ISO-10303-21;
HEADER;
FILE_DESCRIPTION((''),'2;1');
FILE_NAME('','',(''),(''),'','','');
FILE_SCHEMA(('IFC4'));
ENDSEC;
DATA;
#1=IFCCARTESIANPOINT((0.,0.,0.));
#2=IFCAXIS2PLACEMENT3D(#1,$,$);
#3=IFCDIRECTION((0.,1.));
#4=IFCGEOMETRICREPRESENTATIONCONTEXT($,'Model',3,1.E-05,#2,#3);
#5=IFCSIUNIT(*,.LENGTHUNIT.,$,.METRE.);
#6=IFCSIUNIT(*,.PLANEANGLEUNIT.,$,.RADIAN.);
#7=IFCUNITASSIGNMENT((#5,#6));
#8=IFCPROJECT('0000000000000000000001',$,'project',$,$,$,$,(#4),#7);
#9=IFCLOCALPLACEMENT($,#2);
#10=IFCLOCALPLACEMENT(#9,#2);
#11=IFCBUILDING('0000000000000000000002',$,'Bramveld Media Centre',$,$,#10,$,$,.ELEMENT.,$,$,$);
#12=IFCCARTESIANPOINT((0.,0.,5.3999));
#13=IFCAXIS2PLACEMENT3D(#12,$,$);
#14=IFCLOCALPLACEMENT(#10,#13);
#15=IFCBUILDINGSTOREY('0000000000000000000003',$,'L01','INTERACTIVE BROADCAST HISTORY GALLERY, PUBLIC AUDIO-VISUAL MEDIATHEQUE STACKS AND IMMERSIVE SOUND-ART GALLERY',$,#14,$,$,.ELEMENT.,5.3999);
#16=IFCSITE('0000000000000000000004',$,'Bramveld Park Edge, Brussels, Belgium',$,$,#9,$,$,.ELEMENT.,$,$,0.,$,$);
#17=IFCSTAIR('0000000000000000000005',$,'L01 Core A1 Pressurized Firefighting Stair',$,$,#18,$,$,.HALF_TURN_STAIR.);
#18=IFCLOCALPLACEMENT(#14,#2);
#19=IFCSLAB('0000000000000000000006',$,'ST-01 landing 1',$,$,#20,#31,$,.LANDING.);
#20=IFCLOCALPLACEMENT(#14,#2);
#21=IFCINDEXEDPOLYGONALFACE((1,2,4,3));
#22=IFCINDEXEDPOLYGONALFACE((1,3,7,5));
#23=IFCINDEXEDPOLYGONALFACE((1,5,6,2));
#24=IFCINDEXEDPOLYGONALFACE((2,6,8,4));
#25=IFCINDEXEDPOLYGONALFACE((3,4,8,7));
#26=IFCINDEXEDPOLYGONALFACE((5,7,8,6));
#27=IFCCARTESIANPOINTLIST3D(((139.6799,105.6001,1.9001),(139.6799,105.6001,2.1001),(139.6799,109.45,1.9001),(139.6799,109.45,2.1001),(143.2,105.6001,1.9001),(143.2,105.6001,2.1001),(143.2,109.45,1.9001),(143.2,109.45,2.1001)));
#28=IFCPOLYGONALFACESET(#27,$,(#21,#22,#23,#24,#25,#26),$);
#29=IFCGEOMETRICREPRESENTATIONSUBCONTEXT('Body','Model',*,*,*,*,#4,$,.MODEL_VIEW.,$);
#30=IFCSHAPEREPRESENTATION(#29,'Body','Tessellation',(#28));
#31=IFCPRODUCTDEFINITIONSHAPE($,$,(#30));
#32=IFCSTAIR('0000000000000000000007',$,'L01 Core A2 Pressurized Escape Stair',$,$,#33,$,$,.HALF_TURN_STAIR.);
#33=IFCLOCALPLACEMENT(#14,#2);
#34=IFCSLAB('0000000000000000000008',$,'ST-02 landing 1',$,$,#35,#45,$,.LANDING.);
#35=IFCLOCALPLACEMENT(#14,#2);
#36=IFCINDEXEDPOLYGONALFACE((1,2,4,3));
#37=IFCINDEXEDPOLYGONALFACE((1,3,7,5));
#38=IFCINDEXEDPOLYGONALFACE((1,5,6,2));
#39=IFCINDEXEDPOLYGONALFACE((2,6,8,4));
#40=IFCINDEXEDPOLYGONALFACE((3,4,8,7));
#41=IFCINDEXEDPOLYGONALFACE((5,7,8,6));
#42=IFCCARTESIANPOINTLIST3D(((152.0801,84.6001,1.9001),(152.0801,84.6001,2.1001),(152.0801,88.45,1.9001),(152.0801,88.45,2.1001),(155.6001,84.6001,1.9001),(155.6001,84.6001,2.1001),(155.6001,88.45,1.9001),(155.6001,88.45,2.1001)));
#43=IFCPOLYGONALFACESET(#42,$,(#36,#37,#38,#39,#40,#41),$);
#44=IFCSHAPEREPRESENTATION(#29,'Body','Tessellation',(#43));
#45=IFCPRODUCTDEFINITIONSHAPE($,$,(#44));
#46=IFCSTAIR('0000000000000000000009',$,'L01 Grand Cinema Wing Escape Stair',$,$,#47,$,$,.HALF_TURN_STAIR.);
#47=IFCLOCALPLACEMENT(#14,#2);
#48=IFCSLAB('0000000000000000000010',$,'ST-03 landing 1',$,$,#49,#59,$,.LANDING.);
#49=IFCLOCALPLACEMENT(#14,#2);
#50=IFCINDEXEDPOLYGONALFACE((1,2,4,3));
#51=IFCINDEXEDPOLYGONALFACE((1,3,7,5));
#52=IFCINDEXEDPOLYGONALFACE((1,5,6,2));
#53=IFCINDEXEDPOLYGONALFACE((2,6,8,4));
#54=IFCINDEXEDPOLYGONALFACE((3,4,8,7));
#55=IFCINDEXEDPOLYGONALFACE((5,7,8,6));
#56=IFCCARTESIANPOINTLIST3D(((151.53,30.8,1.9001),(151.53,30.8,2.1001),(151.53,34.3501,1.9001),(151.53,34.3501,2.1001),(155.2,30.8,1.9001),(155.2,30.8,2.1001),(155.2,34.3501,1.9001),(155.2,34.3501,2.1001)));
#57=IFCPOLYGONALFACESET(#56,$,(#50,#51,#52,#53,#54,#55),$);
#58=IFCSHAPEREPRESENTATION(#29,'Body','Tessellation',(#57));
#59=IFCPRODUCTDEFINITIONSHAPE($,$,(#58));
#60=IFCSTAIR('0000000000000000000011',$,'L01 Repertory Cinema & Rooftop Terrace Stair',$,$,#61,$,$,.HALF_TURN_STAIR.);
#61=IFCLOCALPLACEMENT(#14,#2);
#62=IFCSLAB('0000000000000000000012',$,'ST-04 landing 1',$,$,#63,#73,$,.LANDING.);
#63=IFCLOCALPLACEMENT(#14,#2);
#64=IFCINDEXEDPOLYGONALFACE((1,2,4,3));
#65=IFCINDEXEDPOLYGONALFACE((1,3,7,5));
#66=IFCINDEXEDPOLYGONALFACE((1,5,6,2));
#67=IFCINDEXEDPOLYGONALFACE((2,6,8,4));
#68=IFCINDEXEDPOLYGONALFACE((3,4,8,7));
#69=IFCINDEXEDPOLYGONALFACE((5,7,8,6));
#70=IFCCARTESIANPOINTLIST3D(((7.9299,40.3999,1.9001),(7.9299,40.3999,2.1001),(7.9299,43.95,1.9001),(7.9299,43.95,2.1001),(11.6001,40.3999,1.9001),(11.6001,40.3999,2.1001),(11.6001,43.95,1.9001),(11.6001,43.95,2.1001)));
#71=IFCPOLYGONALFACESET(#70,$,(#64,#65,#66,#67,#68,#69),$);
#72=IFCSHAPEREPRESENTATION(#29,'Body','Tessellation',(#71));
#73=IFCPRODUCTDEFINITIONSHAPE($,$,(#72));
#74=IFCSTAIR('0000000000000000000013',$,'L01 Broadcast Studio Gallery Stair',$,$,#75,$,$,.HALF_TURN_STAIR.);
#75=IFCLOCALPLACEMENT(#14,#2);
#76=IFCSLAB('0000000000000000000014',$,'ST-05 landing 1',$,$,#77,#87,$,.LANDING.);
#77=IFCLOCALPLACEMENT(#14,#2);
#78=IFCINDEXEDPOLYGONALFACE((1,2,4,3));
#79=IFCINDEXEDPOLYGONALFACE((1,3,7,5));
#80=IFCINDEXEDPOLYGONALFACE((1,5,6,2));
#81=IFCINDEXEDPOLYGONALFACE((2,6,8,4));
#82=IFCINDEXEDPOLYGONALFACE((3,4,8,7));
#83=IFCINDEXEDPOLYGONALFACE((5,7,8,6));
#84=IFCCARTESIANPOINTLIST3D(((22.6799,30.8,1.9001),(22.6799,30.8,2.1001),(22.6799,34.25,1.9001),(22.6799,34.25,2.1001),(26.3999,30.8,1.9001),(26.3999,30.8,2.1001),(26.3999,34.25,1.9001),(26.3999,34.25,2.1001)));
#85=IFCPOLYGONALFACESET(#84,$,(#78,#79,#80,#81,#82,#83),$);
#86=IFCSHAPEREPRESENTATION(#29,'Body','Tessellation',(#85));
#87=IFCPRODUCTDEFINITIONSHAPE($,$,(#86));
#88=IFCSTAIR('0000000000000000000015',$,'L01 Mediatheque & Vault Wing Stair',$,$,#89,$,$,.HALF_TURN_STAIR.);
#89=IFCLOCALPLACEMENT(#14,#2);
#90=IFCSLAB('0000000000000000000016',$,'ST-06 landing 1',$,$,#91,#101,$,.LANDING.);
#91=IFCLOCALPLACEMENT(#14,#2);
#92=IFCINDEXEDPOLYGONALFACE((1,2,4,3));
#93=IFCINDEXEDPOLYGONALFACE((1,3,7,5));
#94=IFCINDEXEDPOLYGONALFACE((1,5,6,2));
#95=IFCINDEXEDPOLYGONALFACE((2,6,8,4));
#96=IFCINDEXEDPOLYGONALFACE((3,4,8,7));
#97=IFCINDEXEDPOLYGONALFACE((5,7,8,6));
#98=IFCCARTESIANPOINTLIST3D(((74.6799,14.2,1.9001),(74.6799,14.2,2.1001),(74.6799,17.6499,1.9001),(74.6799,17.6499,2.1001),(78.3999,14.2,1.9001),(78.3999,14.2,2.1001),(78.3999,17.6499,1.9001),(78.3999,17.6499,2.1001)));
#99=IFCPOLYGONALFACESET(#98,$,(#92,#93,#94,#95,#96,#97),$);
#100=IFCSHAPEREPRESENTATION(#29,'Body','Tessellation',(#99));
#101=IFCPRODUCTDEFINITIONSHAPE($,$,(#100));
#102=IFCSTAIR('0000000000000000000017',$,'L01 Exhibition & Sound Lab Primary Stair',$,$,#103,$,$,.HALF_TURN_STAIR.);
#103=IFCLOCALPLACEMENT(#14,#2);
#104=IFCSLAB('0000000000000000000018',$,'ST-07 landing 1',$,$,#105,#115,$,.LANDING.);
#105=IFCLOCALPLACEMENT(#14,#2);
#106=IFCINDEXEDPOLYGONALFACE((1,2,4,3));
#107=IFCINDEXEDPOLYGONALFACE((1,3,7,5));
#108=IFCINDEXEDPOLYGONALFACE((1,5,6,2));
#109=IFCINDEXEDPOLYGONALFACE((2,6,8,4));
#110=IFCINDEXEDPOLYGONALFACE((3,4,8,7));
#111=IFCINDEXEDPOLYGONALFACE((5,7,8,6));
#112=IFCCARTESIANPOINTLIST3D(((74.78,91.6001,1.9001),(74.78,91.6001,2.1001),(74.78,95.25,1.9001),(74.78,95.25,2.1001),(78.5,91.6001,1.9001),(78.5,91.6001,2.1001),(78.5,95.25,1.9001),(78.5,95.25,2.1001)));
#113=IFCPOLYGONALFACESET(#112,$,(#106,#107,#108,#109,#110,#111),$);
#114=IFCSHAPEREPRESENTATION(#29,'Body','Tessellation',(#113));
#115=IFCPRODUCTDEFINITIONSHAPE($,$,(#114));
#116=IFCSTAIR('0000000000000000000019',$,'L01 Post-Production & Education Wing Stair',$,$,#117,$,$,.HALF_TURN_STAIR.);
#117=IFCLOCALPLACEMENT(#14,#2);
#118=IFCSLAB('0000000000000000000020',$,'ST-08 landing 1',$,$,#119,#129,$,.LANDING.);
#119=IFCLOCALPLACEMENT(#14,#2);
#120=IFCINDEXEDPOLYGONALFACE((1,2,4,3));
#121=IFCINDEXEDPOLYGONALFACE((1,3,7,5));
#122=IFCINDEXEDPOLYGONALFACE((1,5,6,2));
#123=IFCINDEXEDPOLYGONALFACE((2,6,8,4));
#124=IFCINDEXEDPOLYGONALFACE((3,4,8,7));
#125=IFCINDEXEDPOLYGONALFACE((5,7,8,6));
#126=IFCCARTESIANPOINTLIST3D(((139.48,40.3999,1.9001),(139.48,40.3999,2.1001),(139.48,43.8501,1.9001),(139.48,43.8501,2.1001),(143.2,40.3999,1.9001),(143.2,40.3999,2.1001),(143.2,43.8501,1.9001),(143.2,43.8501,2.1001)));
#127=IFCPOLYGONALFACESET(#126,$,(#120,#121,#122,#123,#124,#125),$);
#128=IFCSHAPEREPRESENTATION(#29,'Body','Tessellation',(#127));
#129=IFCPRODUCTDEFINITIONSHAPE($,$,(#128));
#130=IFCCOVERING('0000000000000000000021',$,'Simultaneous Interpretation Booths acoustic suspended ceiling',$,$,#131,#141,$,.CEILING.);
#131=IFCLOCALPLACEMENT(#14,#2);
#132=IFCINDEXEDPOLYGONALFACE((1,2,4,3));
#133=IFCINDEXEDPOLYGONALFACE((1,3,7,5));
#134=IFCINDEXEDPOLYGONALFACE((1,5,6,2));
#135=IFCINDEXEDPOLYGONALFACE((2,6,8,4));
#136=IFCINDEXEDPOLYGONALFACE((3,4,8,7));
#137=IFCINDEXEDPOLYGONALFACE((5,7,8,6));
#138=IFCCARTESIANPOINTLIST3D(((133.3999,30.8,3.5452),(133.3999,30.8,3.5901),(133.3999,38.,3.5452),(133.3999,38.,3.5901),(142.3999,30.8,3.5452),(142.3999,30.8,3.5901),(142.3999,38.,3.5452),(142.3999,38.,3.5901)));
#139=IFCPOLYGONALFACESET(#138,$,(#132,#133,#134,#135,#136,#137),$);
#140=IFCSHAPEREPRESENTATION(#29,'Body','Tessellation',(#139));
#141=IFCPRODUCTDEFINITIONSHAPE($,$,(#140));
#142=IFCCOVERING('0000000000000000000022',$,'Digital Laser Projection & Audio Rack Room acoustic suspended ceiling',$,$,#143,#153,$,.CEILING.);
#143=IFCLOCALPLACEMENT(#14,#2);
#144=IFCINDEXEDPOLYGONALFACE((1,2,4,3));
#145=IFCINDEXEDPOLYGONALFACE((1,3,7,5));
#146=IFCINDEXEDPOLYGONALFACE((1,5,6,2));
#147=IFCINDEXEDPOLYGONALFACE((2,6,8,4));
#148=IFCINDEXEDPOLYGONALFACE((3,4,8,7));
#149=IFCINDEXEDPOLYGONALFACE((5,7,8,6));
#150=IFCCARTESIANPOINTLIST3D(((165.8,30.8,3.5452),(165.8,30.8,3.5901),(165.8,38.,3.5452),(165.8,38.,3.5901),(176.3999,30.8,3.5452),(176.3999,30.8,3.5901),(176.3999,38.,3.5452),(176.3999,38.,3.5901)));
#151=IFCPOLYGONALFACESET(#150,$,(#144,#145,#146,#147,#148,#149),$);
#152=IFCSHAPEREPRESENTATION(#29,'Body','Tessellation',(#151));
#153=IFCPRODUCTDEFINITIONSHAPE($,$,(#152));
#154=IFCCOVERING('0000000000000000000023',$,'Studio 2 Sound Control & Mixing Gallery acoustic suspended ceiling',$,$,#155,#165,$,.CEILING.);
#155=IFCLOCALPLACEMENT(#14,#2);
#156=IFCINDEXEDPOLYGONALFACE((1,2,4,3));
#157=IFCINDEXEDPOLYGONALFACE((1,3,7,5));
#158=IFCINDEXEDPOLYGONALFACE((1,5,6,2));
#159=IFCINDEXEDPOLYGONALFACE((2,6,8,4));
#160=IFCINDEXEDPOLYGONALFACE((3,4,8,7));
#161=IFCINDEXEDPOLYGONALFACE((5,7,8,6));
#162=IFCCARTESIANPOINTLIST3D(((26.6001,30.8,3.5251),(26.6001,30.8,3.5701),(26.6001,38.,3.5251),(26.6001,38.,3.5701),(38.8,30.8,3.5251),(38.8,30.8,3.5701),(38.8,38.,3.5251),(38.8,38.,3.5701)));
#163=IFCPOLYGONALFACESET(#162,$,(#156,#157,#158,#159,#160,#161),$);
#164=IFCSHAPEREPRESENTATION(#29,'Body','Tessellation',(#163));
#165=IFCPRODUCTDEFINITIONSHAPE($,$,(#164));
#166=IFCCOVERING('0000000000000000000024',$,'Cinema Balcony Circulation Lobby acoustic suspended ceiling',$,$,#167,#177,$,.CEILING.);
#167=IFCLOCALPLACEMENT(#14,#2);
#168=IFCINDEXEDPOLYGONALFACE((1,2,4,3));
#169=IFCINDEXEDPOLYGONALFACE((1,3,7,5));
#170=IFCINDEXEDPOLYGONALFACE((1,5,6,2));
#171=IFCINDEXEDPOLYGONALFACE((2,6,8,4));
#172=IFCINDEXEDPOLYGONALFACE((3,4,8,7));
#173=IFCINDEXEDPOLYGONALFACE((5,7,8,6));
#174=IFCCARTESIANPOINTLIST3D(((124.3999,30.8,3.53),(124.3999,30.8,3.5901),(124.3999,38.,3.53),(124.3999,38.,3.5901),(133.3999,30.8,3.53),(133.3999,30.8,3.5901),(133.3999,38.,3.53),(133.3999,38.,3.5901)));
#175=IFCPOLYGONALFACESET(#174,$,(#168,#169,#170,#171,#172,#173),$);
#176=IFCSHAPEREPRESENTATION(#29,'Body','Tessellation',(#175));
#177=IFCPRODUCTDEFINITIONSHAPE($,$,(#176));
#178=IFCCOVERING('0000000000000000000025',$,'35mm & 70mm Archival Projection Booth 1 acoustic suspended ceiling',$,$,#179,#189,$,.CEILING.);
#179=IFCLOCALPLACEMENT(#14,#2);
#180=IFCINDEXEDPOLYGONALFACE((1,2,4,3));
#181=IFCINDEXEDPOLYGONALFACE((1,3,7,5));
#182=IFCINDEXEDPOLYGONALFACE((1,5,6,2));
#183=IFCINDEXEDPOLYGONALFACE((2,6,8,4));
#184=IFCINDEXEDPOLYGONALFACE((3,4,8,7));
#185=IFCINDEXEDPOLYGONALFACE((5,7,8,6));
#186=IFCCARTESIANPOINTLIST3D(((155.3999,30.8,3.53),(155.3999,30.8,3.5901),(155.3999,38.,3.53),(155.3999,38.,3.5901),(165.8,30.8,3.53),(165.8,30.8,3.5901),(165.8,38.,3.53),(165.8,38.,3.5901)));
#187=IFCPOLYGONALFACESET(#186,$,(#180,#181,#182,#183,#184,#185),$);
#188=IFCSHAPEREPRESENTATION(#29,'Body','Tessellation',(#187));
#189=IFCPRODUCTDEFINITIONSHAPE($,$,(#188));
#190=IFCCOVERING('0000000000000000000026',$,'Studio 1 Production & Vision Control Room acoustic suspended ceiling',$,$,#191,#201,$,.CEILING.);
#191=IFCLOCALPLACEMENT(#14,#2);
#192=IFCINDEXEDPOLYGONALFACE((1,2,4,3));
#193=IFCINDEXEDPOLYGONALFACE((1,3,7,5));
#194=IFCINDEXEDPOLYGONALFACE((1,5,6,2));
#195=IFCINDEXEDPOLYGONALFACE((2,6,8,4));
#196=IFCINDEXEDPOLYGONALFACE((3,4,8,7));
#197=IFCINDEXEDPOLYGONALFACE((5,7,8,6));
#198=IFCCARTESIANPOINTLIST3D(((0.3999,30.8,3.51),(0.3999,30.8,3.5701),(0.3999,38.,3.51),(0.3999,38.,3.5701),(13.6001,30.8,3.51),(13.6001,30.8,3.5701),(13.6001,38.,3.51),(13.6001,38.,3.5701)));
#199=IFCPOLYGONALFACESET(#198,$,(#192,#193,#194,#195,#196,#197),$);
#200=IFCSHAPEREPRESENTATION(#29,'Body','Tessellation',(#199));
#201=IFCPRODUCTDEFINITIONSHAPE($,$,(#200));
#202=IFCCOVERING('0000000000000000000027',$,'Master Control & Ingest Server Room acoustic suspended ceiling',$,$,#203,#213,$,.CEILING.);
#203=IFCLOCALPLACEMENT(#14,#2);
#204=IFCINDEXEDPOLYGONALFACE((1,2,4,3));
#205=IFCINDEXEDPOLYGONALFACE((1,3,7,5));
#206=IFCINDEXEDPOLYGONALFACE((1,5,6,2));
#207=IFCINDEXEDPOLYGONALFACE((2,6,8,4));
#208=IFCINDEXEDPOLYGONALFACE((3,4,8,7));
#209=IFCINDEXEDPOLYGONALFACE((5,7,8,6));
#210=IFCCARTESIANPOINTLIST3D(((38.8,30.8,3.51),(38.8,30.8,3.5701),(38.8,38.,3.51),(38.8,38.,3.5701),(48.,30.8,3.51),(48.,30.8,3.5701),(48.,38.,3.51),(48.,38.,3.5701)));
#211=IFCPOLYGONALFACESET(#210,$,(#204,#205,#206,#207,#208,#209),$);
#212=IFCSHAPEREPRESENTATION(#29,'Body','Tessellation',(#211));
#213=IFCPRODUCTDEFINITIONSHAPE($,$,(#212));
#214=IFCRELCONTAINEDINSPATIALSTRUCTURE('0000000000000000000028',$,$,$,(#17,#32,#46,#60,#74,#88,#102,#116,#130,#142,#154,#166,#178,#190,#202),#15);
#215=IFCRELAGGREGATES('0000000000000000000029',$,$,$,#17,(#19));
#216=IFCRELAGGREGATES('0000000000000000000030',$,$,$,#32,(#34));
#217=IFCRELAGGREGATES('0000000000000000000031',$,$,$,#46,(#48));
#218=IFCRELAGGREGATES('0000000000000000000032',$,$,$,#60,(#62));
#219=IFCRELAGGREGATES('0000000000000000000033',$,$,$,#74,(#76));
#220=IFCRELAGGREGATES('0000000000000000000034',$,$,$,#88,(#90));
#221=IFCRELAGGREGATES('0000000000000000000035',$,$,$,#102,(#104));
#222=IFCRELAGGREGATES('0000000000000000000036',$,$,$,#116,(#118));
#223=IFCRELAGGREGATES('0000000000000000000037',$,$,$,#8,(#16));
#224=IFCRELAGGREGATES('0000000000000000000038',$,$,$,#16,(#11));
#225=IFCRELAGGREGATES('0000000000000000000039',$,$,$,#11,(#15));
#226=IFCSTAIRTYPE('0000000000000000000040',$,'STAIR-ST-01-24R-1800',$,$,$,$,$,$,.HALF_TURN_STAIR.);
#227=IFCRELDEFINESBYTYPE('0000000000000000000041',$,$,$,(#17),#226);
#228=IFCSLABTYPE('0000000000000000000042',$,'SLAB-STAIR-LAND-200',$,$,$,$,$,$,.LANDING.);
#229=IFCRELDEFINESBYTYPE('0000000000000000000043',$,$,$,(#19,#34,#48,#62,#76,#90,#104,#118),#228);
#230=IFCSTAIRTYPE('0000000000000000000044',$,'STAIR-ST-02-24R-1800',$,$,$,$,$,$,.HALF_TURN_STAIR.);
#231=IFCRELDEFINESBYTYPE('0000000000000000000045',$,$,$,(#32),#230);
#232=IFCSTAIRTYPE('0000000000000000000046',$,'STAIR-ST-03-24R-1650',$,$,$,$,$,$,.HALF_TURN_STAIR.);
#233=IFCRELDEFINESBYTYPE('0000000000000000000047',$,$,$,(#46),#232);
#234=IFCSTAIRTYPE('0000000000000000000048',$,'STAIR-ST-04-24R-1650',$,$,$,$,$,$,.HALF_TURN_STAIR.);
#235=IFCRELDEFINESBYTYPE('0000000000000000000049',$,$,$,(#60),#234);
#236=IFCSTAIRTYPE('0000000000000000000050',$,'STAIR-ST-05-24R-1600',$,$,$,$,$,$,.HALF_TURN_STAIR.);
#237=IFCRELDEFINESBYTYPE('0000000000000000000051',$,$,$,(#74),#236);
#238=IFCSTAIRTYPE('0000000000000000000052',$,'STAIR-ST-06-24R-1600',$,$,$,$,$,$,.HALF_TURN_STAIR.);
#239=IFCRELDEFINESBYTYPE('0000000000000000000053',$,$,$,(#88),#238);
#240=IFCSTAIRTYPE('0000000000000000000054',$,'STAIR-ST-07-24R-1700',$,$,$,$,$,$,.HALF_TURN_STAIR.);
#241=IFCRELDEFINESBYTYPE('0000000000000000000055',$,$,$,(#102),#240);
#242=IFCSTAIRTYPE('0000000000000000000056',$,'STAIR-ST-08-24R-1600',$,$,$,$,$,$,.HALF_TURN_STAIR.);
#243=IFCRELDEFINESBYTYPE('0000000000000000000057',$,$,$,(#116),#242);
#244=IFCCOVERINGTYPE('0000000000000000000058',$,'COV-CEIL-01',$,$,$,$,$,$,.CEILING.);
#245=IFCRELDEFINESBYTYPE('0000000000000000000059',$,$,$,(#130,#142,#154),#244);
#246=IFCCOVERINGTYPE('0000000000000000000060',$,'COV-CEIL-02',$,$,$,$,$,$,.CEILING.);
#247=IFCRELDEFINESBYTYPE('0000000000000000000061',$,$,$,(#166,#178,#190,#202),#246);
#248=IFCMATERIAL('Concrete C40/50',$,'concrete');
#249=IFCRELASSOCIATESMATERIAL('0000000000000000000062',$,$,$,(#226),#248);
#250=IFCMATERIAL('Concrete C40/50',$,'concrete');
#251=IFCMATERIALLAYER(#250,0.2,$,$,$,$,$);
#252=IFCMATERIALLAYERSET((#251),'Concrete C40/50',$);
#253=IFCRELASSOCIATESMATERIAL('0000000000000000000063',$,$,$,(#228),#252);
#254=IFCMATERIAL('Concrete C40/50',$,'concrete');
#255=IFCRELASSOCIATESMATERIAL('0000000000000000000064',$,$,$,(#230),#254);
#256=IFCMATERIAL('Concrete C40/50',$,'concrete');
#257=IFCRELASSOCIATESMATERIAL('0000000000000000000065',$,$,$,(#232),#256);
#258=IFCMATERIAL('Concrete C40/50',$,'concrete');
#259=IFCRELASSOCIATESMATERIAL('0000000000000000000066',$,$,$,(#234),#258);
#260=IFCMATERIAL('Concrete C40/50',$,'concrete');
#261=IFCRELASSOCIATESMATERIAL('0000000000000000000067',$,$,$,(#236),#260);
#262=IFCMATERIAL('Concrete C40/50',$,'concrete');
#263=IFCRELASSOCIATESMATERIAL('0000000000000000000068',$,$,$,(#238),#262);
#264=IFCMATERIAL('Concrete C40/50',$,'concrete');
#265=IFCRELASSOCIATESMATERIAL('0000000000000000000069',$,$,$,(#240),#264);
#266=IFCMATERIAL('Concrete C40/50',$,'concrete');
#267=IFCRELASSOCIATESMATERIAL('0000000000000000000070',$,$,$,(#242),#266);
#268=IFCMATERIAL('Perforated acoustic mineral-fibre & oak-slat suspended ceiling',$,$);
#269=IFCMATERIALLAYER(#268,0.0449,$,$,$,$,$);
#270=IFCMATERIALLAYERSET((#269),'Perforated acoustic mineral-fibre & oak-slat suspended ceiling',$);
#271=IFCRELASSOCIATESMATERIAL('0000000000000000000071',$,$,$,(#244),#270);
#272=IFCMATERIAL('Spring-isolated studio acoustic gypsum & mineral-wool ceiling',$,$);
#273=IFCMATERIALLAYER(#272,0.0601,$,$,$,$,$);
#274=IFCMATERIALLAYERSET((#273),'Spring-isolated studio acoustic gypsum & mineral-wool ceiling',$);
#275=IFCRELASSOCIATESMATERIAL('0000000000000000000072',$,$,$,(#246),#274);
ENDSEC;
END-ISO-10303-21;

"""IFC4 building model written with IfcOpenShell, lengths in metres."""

from ifc_helpers import new_model, si_unit, direction, frame, origin, place, context, subcontext, project, spatial, polyline, outline, extrude, material, layer, layer_set, type_object, element, aggregate, save


model = new_model("IFC4")

# Units and contexts
model_context = context("Model", 3, precision=1e-05, world=origin(), true_north=direction((0.0, 1.0)))
body_context = subcontext(model_context, "Body", "Model", "MODEL_VIEW")
ifc_project = project(units=[si_unit("LENGTHUNIT", "METRE"), si_unit("PLANEANGLEUNIT", "RADIAN")], contexts=[model_context])

# Site, building, storey
site_placement = place(None, origin())
site = spatial("IfcSite", under=ifc_project, at=site_placement, Name="Bramveld Park Edge, Brussels, Belgium", CompositionType="ELEMENT", RefElevation=0.0)
building_placement = place(site_placement, origin())
building = spatial("IfcBuilding", under=site, at=building_placement, Name="Bramveld Media Centre", CompositionType="ELEMENT")
storey_placement = place(building_placement, frame((0.0, 0.0, 5.3999)))
storey = spatial("IfcBuildingStorey", under=building, at=storey_placement, Name="L01", Description="INTERACTIVE BROADCAST HISTORY GALLERY, PUBLIC AUDIO-VISUAL MEDIATHEQUE STACKS AND IMMERSIVE SOUND-ART GALLERY", CompositionType="ELEMENT", Elevation=5.3999)

# Stairs, slabs
ifc_material_1 = material(Name="Concrete C40/50", Category="concrete")
stair_type_1 = type_object("IfcStairType", Name="STAIR-ST-01-24R-1800", PredefinedType="HALF_TURN_STAIR", material=ifc_material_1)
stair_1_placement = place(storey_placement, origin())
stair_1 = element("IfcStair", 1, at=stair_1_placement, inside=storey, type_object=stair_type_1, Name="L01 Core A1 Pressurized Firefighting Stair", PredefinedType="HALF_TURN_STAIR")
ifc_material_2 = material(Name="Concrete C40/50", Category="concrete")
ifc_layer_1 = layer(ifc_material_2, 0.2)
ifc_layer_set_1 = layer_set([ifc_layer_1], Name="Concrete C40/50")
slab_type = type_object("IfcSlabType", Name="SLAB-STAIR-LAND-200", PredefinedType="LANDING", material=ifc_layer_set_1)
slab_1_placement = place(storey_placement, frame((0.0, 0.0, 1.9001)))
slab_1 = element("IfcSlab", 2, at=slab_1_placement, type_object=slab_type, Name="ST-01 landing 1", PredefinedType="LANDING", context=body_context, shape_type="SweptSolid", body=[
    extrude(outline(polyline([(139.6799, 105.6001), (143.2, 105.6001), (143.2, 109.45), (139.6799, 109.45), (139.6799, 105.6001)])), origin(), (0.0, 0.0, 1.0), 0.2),
])
aggregate(stair_1, [slab_1])
ifc_material_3 = material(Name="Concrete C40/50", Category="concrete")
stair_type_2 = type_object("IfcStairType", Name="STAIR-ST-02-24R-1800", PredefinedType="HALF_TURN_STAIR", material=ifc_material_3)
stair_2_placement = place(storey_placement, origin())
stair_2 = element("IfcStair", 3, at=stair_2_placement, inside=storey, type_object=stair_type_2, Name="L01 Core A2 Pressurized Escape Stair", PredefinedType="HALF_TURN_STAIR")
slab_2_placement = place(storey_placement, frame((0.0, 0.0, 1.9001)))
slab_2 = element("IfcSlab", 4, at=slab_2_placement, type_object=slab_type, Name="ST-02 landing 1", PredefinedType="LANDING", context=body_context, shape_type="SweptSolid", body=[
    extrude(outline(polyline([(152.0801, 84.6001), (155.6001, 84.6001), (155.6001, 88.45), (152.0801, 88.45), (152.0801, 84.6001)])), origin(), (0.0, 0.0, 1.0), 0.2),
])
aggregate(stair_2, [slab_2])
ifc_material_4 = material(Name="Concrete C40/50", Category="concrete")
stair_type_3 = type_object("IfcStairType", Name="STAIR-ST-03-24R-1650", PredefinedType="HALF_TURN_STAIR", material=ifc_material_4)
stair_3_placement = place(storey_placement, origin())
stair_3 = element("IfcStair", 5, at=stair_3_placement, inside=storey, type_object=stair_type_3, Name="L01 Grand Cinema Wing Escape Stair", PredefinedType="HALF_TURN_STAIR")
slab_3_placement = place(storey_placement, frame((0.0, 0.0, 1.9001)))
slab_3 = element("IfcSlab", 6, at=slab_3_placement, type_object=slab_type, Name="ST-03 landing 1", PredefinedType="LANDING", context=body_context, shape_type="SweptSolid", body=[
    extrude(outline(polyline([(151.53, 30.8), (155.2, 30.8), (155.2, 34.3501), (151.53, 34.3501), (151.53, 30.8)])), origin(), (0.0, 0.0, 1.0), 0.2),
])
aggregate(stair_3, [slab_3])
ifc_material_5 = material(Name="Concrete C40/50", Category="concrete")
stair_type_4 = type_object("IfcStairType", Name="STAIR-ST-04-24R-1650", PredefinedType="HALF_TURN_STAIR", material=ifc_material_5)
stair_4_placement = place(storey_placement, origin())
stair_4 = element("IfcStair", 7, at=stair_4_placement, inside=storey, type_object=stair_type_4, Name="L01 Repertory Cinema & Rooftop Terrace Stair", PredefinedType="HALF_TURN_STAIR")
slab_4_placement = place(storey_placement, frame((0.0, 0.0, 1.9001)))
slab_4 = element("IfcSlab", 8, at=slab_4_placement, type_object=slab_type, Name="ST-04 landing 1", PredefinedType="LANDING", context=body_context, shape_type="SweptSolid", body=[
    extrude(outline(polyline([(7.9299, 40.3999), (11.6001, 40.3999), (11.6001, 43.95), (7.9299, 43.95), (7.9299, 40.3999)])), origin(), (0.0, 0.0, 1.0), 0.2),
])
aggregate(stair_4, [slab_4])
ifc_material_6 = material(Name="Concrete C40/50", Category="concrete")
stair_type_5 = type_object("IfcStairType", Name="STAIR-ST-05-24R-1600", PredefinedType="HALF_TURN_STAIR", material=ifc_material_6)
stair_5_placement = place(storey_placement, origin())
stair_5 = element("IfcStair", 9, at=stair_5_placement, inside=storey, type_object=stair_type_5, Name="L01 Broadcast Studio Gallery Stair", PredefinedType="HALF_TURN_STAIR")
slab_5_placement = place(storey_placement, frame((0.0, 0.0, 1.9001)))
slab_5 = element("IfcSlab", 10, at=slab_5_placement, type_object=slab_type, Name="ST-05 landing 1", PredefinedType="LANDING", context=body_context, shape_type="SweptSolid", body=[
    extrude(outline(polyline([(22.6799, 30.8), (26.3999, 30.8), (26.3999, 34.25), (22.6799, 34.25), (22.6799, 30.8)])), origin(), (0.0, 0.0, 1.0), 0.2),
])
aggregate(stair_5, [slab_5])
ifc_material_7 = material(Name="Concrete C40/50", Category="concrete")
stair_type_6 = type_object("IfcStairType", Name="STAIR-ST-06-24R-1600", PredefinedType="HALF_TURN_STAIR", material=ifc_material_7)
stair_6_placement = place(storey_placement, origin())
stair_6 = element("IfcStair", 11, at=stair_6_placement, inside=storey, type_object=stair_type_6, Name="L01 Mediatheque & Vault Wing Stair", PredefinedType="HALF_TURN_STAIR")
slab_6_placement = place(storey_placement, frame((0.0, 0.0, 1.9001)))
slab_6 = element("IfcSlab", 12, at=slab_6_placement, type_object=slab_type, Name="ST-06 landing 1", PredefinedType="LANDING", context=body_context, shape_type="SweptSolid", body=[
    extrude(outline(polyline([(74.6799, 14.2), (78.3999, 14.2), (78.3999, 17.6499), (74.6799, 17.6499), (74.6799, 14.2)])), origin(), (0.0, 0.0, 1.0), 0.2),
])
aggregate(stair_6, [slab_6])
ifc_material_8 = material(Name="Concrete C40/50", Category="concrete")
stair_type_7 = type_object("IfcStairType", Name="STAIR-ST-07-24R-1700", PredefinedType="HALF_TURN_STAIR", material=ifc_material_8)
stair_7_placement = place(storey_placement, origin())
stair_7 = element("IfcStair", 13, at=stair_7_placement, inside=storey, type_object=stair_type_7, Name="L01 Exhibition & Sound Lab Primary Stair", PredefinedType="HALF_TURN_STAIR")
slab_7_placement = place(storey_placement, frame((0.0, 0.0, 1.9001)))
slab_7 = element("IfcSlab", 14, at=slab_7_placement, type_object=slab_type, Name="ST-07 landing 1", PredefinedType="LANDING", context=body_context, shape_type="SweptSolid", body=[
    extrude(outline(polyline([(74.78, 91.6001), (78.5, 91.6001), (78.5, 95.25), (74.78, 95.25), (74.78, 91.6001)])), origin(), (0.0, 0.0, 1.0), 0.2),
])
aggregate(stair_7, [slab_7])
ifc_material_9 = material(Name="Concrete C40/50", Category="concrete")
stair_type_8 = type_object("IfcStairType", Name="STAIR-ST-08-24R-1600", PredefinedType="HALF_TURN_STAIR", material=ifc_material_9)
stair_8_placement = place(storey_placement, origin())
stair_8 = element("IfcStair", 15, at=stair_8_placement, inside=storey, type_object=stair_type_8, Name="L01 Post-Production & Education Wing Stair", PredefinedType="HALF_TURN_STAIR")
slab_8_placement = place(storey_placement, frame((0.0, 0.0, 1.9001)))
slab_8 = element("IfcSlab", 16, at=slab_8_placement, type_object=slab_type, Name="ST-08 landing 1", PredefinedType="LANDING", context=body_context, shape_type="SweptSolid", body=[
    extrude(outline(polyline([(139.48, 40.3999), (143.2, 40.3999), (143.2, 43.8501), (139.48, 43.8501), (139.48, 40.3999)])), origin(), (0.0, 0.0, 1.0), 0.2),
])
aggregate(stair_8, [slab_8])

# Coverings
ifc_material_10 = material(Name="Perforated acoustic mineral-fibre & oak-slat suspended ceiling")
ifc_layer_2 = layer(ifc_material_10, 0.0449)
ifc_layer_set_2 = layer_set([ifc_layer_2], Name="Perforated acoustic mineral-fibre & oak-slat suspended ceiling")
covering_type_1 = type_object("IfcCoveringType", Name="COV-CEIL-01", PredefinedType="CEILING", material=ifc_layer_set_2)
covering_1_placement = place(storey_placement, frame((0.0, 0.0, 3.5452)))
element("IfcCovering", 17, at=covering_1_placement, inside=storey, type_object=covering_type_1, Name="Simultaneous Interpretation Booths acoustic suspended ceiling", PredefinedType="CEILING", context=body_context, shape_type="SweptSolid", body=[
    extrude(outline(polyline([(133.3999, 30.8), (142.3999, 30.8), (142.3999, 38.0), (133.3999, 38.0), (133.3999, 30.8)])), origin(), (0.0, 0.0, 1.0), 0.0449),
])
covering_2_placement = place(storey_placement, frame((0.0, 0.0, 3.5452)))
element("IfcCovering", 18, at=covering_2_placement, inside=storey, type_object=covering_type_1, Name="Digital Laser Projection & Audio Rack Room acoustic suspended ceiling", PredefinedType="CEILING", context=body_context, shape_type="SweptSolid", body=[
    extrude(outline(polyline([(165.8, 30.8), (176.3999, 30.8), (176.3999, 38.0), (165.8, 38.0), (165.8, 30.8)])), origin(), (0.0, 0.0, 1.0), 0.0449),
])
covering_3_placement = place(storey_placement, frame((0.0, 0.0, 3.5251)))
element("IfcCovering", 19, at=covering_3_placement, inside=storey, type_object=covering_type_1, Name="Studio 2 Sound Control & Mixing Gallery acoustic suspended ceiling", PredefinedType="CEILING", context=body_context, shape_type="SweptSolid", body=[
    extrude(outline(polyline([(26.6001, 30.8), (38.8, 30.8), (38.8, 38.0), (26.6001, 38.0), (26.6001, 30.8)])), origin(), (0.0, 0.0, 1.0), 0.0449),
])
ifc_material_11 = material(Name="Spring-isolated studio acoustic gypsum & mineral-wool ceiling")
ifc_layer_3 = layer(ifc_material_11, 0.0601)
ifc_layer_set_3 = layer_set([ifc_layer_3], Name="Spring-isolated studio acoustic gypsum & mineral-wool ceiling")
covering_type_2 = type_object("IfcCoveringType", Name="COV-CEIL-02", PredefinedType="CEILING", material=ifc_layer_set_3)
covering_4_placement = place(storey_placement, frame((0.0, 0.0, 3.53)))
element("IfcCovering", 20, at=covering_4_placement, inside=storey, type_object=covering_type_2, Name="Cinema Balcony Circulation Lobby acoustic suspended ceiling", PredefinedType="CEILING", context=body_context, shape_type="SweptSolid", body=[
    extrude(outline(polyline([(124.3999, 30.8), (133.3999, 30.8), (133.3999, 38.0), (124.3999, 38.0), (124.3999, 30.8)])), origin(), (0.0, 0.0, 1.0), 0.0601),
])
covering_5_placement = place(storey_placement, frame((0.0, 0.0, 3.53)))
element("IfcCovering", 21, at=covering_5_placement, inside=storey, type_object=covering_type_2, Name="35mm & 70mm Archival Projection Booth 1 acoustic suspended ceiling", PredefinedType="CEILING", context=body_context, shape_type="SweptSolid", body=[
    extrude(outline(polyline([(155.3999, 30.8), (165.8, 30.8), (165.8, 38.0), (155.3999, 38.0), (155.3999, 30.8)])), origin(), (0.0, 0.0, 1.0), 0.0601),
])
covering_6_placement = place(storey_placement, frame((0.0, 0.0, 3.51)))
element("IfcCovering", 22, at=covering_6_placement, inside=storey, type_object=covering_type_2, Name="Studio 1 Production & Vision Control Room acoustic suspended ceiling", PredefinedType="CEILING", context=body_context, shape_type="SweptSolid", body=[
    extrude(outline(polyline([(0.3999, 30.8), (13.6001, 30.8), (13.6001, 38.0), (0.3999, 38.0), (0.3999, 30.8)])), origin(), (0.0, 0.0, 1.0), 0.0601),
])
covering_7_placement = place(storey_placement, frame((0.0, 0.0, 3.51)))
element("IfcCovering", 23, at=covering_7_placement, inside=storey, type_object=covering_type_2, Name="Master Control & Ingest Server Room acoustic suspended ceiling", PredefinedType="CEILING", context=body_context, shape_type="SweptSolid", body=[
    extrude(outline(polyline([(38.8, 30.8), (48.0, 30.8), (48.0, 38.0), (38.8, 38.0), (38.8, 30.8)])), origin(), (0.0, 0.0, 1.0), 0.0601),
])

save(model, "model.ifc")
